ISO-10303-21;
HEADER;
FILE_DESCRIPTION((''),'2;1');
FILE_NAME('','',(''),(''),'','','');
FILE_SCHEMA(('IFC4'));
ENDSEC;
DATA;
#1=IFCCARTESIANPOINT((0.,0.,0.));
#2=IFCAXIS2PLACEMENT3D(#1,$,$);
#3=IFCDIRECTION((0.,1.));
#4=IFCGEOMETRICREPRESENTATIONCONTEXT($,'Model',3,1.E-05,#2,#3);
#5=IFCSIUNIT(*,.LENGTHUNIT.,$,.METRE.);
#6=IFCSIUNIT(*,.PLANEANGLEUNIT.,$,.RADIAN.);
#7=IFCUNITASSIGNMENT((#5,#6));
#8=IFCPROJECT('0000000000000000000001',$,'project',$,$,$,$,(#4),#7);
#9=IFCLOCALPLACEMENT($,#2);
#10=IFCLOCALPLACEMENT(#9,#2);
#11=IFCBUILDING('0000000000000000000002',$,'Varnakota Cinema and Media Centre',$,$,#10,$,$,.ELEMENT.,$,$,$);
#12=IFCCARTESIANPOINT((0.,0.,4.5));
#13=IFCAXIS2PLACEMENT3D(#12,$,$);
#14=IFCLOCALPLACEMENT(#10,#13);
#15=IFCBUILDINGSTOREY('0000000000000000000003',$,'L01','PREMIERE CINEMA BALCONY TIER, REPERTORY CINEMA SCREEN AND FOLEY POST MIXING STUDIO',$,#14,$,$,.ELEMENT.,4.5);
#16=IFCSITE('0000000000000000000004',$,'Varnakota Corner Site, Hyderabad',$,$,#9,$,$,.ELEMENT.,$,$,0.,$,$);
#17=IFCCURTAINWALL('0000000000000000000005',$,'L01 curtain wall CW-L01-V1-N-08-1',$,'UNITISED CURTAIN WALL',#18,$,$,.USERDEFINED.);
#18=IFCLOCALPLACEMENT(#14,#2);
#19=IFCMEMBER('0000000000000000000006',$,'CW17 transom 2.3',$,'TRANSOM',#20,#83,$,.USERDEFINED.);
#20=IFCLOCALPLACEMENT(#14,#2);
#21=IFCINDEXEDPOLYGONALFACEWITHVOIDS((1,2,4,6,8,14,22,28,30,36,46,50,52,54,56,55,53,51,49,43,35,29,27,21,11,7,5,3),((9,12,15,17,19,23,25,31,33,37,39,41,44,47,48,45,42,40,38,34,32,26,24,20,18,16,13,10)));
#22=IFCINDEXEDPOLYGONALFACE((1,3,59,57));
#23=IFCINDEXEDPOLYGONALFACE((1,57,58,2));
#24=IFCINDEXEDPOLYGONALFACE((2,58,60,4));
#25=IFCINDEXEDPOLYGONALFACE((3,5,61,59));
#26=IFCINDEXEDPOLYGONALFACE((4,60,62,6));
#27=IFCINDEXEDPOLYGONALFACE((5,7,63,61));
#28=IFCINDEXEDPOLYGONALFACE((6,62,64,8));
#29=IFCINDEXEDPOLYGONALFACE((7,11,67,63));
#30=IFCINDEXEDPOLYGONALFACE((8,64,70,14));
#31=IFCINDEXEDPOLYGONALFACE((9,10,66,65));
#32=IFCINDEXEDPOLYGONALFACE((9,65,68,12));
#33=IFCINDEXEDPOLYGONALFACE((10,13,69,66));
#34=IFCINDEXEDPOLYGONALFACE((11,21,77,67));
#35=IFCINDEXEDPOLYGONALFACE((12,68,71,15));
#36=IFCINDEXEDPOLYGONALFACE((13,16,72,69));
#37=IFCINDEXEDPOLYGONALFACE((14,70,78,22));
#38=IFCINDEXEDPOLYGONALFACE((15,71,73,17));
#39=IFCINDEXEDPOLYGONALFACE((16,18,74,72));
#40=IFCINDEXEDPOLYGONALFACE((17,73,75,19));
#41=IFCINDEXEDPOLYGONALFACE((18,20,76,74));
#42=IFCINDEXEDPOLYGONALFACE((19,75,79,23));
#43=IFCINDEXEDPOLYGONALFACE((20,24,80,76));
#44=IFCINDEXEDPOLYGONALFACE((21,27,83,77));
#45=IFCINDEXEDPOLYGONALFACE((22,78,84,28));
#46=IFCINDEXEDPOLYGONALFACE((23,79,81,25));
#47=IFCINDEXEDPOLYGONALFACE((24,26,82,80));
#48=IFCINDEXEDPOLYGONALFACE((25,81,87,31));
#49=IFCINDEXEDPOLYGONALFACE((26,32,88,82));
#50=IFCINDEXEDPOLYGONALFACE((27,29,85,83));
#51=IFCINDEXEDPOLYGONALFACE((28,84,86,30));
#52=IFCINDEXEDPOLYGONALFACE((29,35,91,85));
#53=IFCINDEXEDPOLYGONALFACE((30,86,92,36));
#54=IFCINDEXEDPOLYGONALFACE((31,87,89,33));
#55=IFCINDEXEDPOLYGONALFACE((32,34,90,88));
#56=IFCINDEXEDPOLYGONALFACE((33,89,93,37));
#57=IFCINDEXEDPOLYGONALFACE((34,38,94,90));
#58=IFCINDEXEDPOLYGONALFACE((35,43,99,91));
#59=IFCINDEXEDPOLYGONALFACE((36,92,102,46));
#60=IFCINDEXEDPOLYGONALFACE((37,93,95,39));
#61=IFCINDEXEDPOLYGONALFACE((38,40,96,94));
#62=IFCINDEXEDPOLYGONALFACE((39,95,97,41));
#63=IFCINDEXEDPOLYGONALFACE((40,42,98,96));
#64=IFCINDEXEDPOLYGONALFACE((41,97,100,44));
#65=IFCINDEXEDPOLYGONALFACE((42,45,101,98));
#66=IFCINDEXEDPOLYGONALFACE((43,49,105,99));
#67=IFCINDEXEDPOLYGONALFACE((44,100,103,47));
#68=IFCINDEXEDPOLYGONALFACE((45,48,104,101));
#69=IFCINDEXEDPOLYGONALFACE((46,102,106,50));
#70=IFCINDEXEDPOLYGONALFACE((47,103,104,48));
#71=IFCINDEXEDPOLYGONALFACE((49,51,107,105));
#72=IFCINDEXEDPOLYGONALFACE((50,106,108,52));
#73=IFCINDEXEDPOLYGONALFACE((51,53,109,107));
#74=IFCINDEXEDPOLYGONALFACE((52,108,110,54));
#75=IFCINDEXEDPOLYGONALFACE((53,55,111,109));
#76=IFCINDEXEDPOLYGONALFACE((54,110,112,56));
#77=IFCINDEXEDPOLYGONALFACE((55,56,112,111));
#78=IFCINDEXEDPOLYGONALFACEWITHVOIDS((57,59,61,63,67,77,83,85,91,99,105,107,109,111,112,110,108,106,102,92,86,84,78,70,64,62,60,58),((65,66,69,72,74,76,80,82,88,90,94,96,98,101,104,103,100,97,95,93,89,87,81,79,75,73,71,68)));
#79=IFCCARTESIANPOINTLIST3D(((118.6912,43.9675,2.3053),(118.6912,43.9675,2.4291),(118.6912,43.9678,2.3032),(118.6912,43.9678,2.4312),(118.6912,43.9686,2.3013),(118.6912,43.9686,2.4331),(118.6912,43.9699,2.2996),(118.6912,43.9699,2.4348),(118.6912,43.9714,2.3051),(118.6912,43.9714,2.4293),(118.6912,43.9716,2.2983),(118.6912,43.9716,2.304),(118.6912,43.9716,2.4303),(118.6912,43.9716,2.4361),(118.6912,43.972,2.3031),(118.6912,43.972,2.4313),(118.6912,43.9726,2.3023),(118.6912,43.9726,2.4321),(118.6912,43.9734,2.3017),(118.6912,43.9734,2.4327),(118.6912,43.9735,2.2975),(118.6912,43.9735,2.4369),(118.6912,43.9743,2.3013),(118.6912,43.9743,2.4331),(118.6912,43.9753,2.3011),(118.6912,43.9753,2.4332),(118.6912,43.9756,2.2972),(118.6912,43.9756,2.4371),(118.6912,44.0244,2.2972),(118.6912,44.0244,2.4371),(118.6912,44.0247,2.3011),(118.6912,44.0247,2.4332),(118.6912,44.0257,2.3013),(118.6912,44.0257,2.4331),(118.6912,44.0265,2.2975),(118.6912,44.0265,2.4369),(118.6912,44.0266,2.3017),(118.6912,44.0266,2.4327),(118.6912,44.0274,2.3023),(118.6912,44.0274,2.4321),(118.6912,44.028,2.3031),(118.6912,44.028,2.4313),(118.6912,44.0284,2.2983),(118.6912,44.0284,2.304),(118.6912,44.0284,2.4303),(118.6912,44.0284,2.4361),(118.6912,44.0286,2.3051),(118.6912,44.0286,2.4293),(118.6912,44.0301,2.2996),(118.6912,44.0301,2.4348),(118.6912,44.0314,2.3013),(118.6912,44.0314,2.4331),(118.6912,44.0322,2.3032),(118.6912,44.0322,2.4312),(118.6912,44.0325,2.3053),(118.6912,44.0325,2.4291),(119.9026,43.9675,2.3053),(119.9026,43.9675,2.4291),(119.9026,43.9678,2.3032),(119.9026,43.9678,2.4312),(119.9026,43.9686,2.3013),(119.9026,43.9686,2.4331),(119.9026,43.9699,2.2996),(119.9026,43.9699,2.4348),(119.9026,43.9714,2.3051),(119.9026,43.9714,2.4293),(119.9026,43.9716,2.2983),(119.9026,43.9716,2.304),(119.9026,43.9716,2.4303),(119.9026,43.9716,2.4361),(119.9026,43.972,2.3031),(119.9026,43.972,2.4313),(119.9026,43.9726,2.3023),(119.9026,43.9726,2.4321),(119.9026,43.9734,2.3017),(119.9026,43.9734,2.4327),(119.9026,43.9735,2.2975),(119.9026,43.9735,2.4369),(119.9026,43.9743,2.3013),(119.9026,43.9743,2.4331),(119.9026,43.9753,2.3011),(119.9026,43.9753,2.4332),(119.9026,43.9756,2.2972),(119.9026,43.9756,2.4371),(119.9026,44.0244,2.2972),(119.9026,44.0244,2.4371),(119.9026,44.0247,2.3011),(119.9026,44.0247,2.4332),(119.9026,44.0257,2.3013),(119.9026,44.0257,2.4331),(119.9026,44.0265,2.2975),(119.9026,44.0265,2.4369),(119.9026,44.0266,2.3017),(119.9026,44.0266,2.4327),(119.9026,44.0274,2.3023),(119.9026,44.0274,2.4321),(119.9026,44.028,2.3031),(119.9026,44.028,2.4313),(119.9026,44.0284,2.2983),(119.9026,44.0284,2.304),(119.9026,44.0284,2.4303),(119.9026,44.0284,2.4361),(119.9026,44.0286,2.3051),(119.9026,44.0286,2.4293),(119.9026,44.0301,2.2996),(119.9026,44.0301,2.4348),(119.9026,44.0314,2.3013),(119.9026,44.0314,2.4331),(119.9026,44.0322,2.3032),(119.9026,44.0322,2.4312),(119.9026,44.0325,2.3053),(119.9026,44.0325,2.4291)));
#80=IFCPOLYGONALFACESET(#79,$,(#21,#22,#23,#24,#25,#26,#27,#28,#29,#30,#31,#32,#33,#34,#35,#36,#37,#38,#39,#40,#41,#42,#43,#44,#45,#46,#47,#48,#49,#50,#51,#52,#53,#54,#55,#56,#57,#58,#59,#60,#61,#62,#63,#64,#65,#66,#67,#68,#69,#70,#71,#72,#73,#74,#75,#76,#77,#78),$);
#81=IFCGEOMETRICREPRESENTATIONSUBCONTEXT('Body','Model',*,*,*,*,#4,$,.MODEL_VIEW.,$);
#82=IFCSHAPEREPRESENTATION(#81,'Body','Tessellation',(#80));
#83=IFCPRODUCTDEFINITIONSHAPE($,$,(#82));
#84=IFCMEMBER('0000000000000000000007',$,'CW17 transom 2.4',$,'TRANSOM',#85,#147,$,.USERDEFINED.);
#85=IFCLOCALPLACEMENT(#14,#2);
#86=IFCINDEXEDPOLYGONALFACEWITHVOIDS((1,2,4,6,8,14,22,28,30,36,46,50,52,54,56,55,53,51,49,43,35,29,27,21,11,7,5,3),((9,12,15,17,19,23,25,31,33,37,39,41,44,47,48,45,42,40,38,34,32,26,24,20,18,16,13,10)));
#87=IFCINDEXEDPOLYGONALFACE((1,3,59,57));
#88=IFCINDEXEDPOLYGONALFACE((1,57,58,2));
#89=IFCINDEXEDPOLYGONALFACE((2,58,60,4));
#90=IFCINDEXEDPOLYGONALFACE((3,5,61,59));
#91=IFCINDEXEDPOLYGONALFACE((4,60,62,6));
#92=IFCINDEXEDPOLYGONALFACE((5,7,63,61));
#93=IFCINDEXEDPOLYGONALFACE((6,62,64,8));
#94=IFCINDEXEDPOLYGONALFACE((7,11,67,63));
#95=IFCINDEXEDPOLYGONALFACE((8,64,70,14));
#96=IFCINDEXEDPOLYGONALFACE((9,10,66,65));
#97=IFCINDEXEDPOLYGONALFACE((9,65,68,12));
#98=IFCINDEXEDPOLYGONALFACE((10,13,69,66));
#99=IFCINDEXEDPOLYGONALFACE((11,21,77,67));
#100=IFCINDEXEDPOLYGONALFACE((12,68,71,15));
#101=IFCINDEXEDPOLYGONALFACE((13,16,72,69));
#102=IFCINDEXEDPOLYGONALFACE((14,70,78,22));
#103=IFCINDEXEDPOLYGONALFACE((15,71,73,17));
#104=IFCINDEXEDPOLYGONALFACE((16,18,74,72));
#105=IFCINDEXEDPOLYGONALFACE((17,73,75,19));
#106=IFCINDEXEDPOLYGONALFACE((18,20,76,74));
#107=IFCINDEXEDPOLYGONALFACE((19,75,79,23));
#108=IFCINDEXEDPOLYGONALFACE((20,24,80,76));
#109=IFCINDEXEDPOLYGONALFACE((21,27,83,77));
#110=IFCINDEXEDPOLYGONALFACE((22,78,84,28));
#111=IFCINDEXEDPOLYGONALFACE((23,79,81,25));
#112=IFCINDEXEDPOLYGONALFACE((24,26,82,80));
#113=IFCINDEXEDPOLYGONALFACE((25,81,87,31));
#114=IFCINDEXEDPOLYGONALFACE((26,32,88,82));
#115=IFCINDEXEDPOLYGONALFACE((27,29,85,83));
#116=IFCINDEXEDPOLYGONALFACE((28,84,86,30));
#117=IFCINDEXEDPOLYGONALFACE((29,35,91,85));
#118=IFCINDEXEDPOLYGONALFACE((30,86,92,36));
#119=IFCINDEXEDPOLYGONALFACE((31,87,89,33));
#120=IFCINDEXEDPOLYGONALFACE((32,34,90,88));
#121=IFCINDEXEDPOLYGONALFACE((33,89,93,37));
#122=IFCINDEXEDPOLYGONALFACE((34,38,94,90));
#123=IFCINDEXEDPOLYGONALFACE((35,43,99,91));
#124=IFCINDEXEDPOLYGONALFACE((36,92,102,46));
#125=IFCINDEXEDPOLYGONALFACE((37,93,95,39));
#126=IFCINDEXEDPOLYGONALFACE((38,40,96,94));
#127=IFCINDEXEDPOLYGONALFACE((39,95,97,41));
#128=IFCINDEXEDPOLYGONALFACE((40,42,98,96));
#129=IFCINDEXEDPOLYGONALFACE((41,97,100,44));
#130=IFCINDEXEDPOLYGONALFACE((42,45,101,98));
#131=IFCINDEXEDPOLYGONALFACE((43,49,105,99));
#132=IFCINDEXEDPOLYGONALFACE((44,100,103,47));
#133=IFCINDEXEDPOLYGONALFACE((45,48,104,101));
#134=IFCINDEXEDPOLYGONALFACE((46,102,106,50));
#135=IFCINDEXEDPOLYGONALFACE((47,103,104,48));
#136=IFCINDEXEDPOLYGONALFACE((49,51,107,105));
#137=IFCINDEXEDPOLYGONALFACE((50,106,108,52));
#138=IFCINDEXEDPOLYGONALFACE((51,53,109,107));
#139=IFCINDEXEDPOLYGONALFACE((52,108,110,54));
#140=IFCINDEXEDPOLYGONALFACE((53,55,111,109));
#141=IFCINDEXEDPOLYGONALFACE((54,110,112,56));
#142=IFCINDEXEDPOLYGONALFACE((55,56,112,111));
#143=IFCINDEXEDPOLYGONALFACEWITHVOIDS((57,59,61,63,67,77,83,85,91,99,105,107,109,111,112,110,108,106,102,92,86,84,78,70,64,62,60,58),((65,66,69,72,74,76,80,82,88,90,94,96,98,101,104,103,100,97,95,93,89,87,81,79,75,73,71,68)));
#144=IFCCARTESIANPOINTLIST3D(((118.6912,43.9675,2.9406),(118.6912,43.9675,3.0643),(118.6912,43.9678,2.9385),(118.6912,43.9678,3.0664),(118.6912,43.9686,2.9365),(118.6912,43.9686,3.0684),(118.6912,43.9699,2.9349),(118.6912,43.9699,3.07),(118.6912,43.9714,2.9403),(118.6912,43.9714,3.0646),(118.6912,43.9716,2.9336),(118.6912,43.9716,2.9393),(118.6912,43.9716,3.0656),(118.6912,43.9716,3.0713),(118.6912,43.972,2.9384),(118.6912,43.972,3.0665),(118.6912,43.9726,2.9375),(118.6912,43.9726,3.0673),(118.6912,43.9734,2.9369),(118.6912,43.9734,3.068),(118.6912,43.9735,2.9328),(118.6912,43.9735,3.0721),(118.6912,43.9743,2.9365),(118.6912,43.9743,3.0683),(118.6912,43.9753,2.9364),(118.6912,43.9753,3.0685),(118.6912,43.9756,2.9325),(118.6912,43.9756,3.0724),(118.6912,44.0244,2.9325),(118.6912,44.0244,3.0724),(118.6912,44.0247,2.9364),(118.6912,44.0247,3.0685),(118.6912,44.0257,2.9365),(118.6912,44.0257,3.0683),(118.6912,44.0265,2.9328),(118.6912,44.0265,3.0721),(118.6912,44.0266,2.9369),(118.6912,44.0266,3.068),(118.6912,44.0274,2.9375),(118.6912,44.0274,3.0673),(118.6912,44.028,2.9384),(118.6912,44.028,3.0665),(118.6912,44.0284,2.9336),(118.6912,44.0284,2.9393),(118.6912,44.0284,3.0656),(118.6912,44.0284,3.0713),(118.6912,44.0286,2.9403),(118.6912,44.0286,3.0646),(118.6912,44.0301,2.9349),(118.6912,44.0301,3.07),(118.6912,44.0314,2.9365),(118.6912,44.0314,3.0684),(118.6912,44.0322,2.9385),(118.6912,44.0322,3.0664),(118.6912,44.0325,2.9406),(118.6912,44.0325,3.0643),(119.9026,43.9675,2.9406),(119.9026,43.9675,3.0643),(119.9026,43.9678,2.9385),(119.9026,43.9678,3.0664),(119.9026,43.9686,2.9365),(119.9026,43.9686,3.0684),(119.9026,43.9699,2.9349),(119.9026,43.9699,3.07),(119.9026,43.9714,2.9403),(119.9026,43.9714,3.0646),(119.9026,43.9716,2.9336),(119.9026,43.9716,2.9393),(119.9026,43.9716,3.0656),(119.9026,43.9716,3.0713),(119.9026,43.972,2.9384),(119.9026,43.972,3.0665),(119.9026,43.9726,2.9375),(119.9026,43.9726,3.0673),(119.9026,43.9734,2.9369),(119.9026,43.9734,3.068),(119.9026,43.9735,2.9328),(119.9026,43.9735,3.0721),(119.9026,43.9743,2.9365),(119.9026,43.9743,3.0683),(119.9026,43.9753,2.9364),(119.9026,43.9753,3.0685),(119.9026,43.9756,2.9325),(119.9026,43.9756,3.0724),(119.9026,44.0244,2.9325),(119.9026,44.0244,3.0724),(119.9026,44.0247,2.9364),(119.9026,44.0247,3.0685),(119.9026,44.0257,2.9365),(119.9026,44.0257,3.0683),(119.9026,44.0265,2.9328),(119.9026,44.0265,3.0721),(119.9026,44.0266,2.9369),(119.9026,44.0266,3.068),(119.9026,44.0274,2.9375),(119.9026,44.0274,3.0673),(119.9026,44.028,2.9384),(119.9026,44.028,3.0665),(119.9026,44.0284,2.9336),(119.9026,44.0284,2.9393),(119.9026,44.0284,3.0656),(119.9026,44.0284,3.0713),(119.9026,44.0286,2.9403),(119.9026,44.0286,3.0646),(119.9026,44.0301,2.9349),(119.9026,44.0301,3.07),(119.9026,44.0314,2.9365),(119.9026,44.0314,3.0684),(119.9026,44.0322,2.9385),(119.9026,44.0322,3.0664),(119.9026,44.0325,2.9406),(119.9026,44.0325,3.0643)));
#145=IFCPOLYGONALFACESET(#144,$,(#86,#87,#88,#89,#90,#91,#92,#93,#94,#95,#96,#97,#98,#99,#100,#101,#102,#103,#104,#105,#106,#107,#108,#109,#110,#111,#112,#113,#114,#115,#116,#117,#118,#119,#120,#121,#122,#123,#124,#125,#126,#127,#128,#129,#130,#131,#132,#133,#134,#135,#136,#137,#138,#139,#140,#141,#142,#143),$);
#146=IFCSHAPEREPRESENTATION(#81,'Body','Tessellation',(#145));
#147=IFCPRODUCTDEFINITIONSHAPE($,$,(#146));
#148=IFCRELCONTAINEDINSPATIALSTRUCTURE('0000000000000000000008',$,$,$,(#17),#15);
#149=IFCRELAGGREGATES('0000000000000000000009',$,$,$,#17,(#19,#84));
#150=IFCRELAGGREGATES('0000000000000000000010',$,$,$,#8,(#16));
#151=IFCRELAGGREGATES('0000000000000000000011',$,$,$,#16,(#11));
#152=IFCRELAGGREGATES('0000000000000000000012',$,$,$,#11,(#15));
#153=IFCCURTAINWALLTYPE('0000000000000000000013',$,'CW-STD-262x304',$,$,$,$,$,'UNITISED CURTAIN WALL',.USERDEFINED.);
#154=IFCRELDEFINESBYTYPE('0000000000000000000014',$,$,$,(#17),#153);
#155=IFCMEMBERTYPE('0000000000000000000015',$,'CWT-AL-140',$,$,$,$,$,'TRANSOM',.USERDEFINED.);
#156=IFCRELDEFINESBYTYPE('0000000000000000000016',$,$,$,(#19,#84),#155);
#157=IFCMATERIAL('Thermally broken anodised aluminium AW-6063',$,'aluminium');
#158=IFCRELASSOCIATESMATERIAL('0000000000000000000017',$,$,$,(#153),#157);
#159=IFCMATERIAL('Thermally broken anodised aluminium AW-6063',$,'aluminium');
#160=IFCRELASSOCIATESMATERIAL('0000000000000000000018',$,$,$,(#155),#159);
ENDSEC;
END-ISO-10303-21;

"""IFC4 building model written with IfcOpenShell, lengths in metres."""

from ifc_helpers import new_model, si_unit, direction, frame, origin, origin_2d, place, context, subcontext, project, spatial, hollow_rectangle, extrude, material, material_profile, profile_set, type_object, element, aggregate, save


model = new_model("IFC4")

# Units and contexts
model_context = context("Model", 3, precision=1e-05, world=origin(), true_north=direction((0.0, 1.0)))
body_context = subcontext(model_context, "Body", "Model", "MODEL_VIEW")
ifc_project = project(units=[si_unit("LENGTHUNIT", "METRE"), si_unit("PLANEANGLEUNIT", "RADIAN")], contexts=[model_context])

# Site, building, storey
site_placement = place(None, origin())
site = spatial("IfcSite", under=ifc_project, at=site_placement, Name="Varnakota Corner Site, Hyderabad", CompositionType="ELEMENT", RefElevation=0.0)
building_placement = place(site_placement, origin())
building = spatial("IfcBuilding", under=site, at=building_placement, Name="Varnakota Cinema and Media Centre", CompositionType="ELEMENT")
storey_placement = place(building_placement, frame((0.0, 0.0, 4.5)))
storey = spatial("IfcBuildingStorey", under=building, at=storey_placement, Name="L01", Description="PREMIERE CINEMA BALCONY TIER, REPERTORY CINEMA SCREEN AND FOLEY POST MIXING STUDIO", CompositionType="ELEMENT", Elevation=4.5)

# Shared definitions
ifc_material_1 = material(Name="Thermally broken anodised aluminium AW-6063", Category="aluminium")
curtain_wall_type = type_object("IfcCurtainWallType", Name="CW-STD-262x304", ElementType="UNITISED CURTAIN WALL", PredefinedType="USERDEFINED", material=ifc_material_1)

# Curtain wall
curtain_wall_1_placement = place(storey_placement, origin())
curtain_wall_1 = element("IfcCurtainWall", 1, at=curtain_wall_1_placement, inside=storey, type_object=curtain_wall_type, Name="L01 curtain wall CW-L01-V1-N-08-1", ObjectType="UNITISED CURTAIN WALL", PredefinedType="USERDEFINED")

# Members
ifc_material_2 = material(Name="Thermally broken anodised aluminium AW-6063", Category="aluminium")
ifc_material_profile_1 = material_profile(ifc_material_2, hollow_rectangle(XDim=0.0649, YDim=0.1399, WallThickness=0.0039, InnerFilletRadius=0.0039, OuterFilletRadius=0.0081, at=origin_2d()), Name="AL-TRANSOM 140x65x4")
ifc_profile_set_1 = profile_set([ifc_material_profile_1], Name="Thermally broken anodised aluminium AW-6063")
member_type_1 = type_object("IfcMemberType", Name="CWT-AL-140", ElementType="TRANSOM", PredefinedType="USERDEFINED", material=ifc_profile_set_1)
member_1_placement = place(storey_placement, frame((118.6912, 44.0, 2.3672), z_axis=(1.0, 0.0, 0.0), x_axis=(0.0, 1.0, 0.0)))
member_1 = element("IfcMember", 2, at=member_1_placement, type_object=member_type_1, Name="CW17 transom 2.3", ObjectType="TRANSOM", PredefinedType="USERDEFINED", context=body_context, shape_type="SweptSolid", body=[
    extrude(hollow_rectangle(XDim=0.0649, YDim=0.1399, WallThickness=0.0039, InnerFilletRadius=0.0039, OuterFilletRadius=0.0081, at=origin_2d()), origin(), (0.0, 0.0, 1.0), 1.2114),
])
member_2_placement = place(storey_placement, frame((118.6912, 44.0, 3.0024), z_axis=(1.0, 0.0, 0.0), x_axis=(0.0, 1.0, 0.0)))
member_2 = element("IfcMember", 3, at=member_2_placement, type_object=member_type_1, Name="CW17 transom 2.4", ObjectType="TRANSOM", PredefinedType="USERDEFINED", context=body_context, shape_type="SweptSolid", body=[
    extrude(hollow_rectangle(XDim=0.0649, YDim=0.1399, WallThickness=0.0039, InnerFilletRadius=0.0039, OuterFilletRadius=0.0081, at=origin_2d()), origin(), (0.0, 0.0, 1.0), 1.2114),
])

aggregate(curtain_wall_1, [member_1, member_2])

save(model, "model.ifc")
